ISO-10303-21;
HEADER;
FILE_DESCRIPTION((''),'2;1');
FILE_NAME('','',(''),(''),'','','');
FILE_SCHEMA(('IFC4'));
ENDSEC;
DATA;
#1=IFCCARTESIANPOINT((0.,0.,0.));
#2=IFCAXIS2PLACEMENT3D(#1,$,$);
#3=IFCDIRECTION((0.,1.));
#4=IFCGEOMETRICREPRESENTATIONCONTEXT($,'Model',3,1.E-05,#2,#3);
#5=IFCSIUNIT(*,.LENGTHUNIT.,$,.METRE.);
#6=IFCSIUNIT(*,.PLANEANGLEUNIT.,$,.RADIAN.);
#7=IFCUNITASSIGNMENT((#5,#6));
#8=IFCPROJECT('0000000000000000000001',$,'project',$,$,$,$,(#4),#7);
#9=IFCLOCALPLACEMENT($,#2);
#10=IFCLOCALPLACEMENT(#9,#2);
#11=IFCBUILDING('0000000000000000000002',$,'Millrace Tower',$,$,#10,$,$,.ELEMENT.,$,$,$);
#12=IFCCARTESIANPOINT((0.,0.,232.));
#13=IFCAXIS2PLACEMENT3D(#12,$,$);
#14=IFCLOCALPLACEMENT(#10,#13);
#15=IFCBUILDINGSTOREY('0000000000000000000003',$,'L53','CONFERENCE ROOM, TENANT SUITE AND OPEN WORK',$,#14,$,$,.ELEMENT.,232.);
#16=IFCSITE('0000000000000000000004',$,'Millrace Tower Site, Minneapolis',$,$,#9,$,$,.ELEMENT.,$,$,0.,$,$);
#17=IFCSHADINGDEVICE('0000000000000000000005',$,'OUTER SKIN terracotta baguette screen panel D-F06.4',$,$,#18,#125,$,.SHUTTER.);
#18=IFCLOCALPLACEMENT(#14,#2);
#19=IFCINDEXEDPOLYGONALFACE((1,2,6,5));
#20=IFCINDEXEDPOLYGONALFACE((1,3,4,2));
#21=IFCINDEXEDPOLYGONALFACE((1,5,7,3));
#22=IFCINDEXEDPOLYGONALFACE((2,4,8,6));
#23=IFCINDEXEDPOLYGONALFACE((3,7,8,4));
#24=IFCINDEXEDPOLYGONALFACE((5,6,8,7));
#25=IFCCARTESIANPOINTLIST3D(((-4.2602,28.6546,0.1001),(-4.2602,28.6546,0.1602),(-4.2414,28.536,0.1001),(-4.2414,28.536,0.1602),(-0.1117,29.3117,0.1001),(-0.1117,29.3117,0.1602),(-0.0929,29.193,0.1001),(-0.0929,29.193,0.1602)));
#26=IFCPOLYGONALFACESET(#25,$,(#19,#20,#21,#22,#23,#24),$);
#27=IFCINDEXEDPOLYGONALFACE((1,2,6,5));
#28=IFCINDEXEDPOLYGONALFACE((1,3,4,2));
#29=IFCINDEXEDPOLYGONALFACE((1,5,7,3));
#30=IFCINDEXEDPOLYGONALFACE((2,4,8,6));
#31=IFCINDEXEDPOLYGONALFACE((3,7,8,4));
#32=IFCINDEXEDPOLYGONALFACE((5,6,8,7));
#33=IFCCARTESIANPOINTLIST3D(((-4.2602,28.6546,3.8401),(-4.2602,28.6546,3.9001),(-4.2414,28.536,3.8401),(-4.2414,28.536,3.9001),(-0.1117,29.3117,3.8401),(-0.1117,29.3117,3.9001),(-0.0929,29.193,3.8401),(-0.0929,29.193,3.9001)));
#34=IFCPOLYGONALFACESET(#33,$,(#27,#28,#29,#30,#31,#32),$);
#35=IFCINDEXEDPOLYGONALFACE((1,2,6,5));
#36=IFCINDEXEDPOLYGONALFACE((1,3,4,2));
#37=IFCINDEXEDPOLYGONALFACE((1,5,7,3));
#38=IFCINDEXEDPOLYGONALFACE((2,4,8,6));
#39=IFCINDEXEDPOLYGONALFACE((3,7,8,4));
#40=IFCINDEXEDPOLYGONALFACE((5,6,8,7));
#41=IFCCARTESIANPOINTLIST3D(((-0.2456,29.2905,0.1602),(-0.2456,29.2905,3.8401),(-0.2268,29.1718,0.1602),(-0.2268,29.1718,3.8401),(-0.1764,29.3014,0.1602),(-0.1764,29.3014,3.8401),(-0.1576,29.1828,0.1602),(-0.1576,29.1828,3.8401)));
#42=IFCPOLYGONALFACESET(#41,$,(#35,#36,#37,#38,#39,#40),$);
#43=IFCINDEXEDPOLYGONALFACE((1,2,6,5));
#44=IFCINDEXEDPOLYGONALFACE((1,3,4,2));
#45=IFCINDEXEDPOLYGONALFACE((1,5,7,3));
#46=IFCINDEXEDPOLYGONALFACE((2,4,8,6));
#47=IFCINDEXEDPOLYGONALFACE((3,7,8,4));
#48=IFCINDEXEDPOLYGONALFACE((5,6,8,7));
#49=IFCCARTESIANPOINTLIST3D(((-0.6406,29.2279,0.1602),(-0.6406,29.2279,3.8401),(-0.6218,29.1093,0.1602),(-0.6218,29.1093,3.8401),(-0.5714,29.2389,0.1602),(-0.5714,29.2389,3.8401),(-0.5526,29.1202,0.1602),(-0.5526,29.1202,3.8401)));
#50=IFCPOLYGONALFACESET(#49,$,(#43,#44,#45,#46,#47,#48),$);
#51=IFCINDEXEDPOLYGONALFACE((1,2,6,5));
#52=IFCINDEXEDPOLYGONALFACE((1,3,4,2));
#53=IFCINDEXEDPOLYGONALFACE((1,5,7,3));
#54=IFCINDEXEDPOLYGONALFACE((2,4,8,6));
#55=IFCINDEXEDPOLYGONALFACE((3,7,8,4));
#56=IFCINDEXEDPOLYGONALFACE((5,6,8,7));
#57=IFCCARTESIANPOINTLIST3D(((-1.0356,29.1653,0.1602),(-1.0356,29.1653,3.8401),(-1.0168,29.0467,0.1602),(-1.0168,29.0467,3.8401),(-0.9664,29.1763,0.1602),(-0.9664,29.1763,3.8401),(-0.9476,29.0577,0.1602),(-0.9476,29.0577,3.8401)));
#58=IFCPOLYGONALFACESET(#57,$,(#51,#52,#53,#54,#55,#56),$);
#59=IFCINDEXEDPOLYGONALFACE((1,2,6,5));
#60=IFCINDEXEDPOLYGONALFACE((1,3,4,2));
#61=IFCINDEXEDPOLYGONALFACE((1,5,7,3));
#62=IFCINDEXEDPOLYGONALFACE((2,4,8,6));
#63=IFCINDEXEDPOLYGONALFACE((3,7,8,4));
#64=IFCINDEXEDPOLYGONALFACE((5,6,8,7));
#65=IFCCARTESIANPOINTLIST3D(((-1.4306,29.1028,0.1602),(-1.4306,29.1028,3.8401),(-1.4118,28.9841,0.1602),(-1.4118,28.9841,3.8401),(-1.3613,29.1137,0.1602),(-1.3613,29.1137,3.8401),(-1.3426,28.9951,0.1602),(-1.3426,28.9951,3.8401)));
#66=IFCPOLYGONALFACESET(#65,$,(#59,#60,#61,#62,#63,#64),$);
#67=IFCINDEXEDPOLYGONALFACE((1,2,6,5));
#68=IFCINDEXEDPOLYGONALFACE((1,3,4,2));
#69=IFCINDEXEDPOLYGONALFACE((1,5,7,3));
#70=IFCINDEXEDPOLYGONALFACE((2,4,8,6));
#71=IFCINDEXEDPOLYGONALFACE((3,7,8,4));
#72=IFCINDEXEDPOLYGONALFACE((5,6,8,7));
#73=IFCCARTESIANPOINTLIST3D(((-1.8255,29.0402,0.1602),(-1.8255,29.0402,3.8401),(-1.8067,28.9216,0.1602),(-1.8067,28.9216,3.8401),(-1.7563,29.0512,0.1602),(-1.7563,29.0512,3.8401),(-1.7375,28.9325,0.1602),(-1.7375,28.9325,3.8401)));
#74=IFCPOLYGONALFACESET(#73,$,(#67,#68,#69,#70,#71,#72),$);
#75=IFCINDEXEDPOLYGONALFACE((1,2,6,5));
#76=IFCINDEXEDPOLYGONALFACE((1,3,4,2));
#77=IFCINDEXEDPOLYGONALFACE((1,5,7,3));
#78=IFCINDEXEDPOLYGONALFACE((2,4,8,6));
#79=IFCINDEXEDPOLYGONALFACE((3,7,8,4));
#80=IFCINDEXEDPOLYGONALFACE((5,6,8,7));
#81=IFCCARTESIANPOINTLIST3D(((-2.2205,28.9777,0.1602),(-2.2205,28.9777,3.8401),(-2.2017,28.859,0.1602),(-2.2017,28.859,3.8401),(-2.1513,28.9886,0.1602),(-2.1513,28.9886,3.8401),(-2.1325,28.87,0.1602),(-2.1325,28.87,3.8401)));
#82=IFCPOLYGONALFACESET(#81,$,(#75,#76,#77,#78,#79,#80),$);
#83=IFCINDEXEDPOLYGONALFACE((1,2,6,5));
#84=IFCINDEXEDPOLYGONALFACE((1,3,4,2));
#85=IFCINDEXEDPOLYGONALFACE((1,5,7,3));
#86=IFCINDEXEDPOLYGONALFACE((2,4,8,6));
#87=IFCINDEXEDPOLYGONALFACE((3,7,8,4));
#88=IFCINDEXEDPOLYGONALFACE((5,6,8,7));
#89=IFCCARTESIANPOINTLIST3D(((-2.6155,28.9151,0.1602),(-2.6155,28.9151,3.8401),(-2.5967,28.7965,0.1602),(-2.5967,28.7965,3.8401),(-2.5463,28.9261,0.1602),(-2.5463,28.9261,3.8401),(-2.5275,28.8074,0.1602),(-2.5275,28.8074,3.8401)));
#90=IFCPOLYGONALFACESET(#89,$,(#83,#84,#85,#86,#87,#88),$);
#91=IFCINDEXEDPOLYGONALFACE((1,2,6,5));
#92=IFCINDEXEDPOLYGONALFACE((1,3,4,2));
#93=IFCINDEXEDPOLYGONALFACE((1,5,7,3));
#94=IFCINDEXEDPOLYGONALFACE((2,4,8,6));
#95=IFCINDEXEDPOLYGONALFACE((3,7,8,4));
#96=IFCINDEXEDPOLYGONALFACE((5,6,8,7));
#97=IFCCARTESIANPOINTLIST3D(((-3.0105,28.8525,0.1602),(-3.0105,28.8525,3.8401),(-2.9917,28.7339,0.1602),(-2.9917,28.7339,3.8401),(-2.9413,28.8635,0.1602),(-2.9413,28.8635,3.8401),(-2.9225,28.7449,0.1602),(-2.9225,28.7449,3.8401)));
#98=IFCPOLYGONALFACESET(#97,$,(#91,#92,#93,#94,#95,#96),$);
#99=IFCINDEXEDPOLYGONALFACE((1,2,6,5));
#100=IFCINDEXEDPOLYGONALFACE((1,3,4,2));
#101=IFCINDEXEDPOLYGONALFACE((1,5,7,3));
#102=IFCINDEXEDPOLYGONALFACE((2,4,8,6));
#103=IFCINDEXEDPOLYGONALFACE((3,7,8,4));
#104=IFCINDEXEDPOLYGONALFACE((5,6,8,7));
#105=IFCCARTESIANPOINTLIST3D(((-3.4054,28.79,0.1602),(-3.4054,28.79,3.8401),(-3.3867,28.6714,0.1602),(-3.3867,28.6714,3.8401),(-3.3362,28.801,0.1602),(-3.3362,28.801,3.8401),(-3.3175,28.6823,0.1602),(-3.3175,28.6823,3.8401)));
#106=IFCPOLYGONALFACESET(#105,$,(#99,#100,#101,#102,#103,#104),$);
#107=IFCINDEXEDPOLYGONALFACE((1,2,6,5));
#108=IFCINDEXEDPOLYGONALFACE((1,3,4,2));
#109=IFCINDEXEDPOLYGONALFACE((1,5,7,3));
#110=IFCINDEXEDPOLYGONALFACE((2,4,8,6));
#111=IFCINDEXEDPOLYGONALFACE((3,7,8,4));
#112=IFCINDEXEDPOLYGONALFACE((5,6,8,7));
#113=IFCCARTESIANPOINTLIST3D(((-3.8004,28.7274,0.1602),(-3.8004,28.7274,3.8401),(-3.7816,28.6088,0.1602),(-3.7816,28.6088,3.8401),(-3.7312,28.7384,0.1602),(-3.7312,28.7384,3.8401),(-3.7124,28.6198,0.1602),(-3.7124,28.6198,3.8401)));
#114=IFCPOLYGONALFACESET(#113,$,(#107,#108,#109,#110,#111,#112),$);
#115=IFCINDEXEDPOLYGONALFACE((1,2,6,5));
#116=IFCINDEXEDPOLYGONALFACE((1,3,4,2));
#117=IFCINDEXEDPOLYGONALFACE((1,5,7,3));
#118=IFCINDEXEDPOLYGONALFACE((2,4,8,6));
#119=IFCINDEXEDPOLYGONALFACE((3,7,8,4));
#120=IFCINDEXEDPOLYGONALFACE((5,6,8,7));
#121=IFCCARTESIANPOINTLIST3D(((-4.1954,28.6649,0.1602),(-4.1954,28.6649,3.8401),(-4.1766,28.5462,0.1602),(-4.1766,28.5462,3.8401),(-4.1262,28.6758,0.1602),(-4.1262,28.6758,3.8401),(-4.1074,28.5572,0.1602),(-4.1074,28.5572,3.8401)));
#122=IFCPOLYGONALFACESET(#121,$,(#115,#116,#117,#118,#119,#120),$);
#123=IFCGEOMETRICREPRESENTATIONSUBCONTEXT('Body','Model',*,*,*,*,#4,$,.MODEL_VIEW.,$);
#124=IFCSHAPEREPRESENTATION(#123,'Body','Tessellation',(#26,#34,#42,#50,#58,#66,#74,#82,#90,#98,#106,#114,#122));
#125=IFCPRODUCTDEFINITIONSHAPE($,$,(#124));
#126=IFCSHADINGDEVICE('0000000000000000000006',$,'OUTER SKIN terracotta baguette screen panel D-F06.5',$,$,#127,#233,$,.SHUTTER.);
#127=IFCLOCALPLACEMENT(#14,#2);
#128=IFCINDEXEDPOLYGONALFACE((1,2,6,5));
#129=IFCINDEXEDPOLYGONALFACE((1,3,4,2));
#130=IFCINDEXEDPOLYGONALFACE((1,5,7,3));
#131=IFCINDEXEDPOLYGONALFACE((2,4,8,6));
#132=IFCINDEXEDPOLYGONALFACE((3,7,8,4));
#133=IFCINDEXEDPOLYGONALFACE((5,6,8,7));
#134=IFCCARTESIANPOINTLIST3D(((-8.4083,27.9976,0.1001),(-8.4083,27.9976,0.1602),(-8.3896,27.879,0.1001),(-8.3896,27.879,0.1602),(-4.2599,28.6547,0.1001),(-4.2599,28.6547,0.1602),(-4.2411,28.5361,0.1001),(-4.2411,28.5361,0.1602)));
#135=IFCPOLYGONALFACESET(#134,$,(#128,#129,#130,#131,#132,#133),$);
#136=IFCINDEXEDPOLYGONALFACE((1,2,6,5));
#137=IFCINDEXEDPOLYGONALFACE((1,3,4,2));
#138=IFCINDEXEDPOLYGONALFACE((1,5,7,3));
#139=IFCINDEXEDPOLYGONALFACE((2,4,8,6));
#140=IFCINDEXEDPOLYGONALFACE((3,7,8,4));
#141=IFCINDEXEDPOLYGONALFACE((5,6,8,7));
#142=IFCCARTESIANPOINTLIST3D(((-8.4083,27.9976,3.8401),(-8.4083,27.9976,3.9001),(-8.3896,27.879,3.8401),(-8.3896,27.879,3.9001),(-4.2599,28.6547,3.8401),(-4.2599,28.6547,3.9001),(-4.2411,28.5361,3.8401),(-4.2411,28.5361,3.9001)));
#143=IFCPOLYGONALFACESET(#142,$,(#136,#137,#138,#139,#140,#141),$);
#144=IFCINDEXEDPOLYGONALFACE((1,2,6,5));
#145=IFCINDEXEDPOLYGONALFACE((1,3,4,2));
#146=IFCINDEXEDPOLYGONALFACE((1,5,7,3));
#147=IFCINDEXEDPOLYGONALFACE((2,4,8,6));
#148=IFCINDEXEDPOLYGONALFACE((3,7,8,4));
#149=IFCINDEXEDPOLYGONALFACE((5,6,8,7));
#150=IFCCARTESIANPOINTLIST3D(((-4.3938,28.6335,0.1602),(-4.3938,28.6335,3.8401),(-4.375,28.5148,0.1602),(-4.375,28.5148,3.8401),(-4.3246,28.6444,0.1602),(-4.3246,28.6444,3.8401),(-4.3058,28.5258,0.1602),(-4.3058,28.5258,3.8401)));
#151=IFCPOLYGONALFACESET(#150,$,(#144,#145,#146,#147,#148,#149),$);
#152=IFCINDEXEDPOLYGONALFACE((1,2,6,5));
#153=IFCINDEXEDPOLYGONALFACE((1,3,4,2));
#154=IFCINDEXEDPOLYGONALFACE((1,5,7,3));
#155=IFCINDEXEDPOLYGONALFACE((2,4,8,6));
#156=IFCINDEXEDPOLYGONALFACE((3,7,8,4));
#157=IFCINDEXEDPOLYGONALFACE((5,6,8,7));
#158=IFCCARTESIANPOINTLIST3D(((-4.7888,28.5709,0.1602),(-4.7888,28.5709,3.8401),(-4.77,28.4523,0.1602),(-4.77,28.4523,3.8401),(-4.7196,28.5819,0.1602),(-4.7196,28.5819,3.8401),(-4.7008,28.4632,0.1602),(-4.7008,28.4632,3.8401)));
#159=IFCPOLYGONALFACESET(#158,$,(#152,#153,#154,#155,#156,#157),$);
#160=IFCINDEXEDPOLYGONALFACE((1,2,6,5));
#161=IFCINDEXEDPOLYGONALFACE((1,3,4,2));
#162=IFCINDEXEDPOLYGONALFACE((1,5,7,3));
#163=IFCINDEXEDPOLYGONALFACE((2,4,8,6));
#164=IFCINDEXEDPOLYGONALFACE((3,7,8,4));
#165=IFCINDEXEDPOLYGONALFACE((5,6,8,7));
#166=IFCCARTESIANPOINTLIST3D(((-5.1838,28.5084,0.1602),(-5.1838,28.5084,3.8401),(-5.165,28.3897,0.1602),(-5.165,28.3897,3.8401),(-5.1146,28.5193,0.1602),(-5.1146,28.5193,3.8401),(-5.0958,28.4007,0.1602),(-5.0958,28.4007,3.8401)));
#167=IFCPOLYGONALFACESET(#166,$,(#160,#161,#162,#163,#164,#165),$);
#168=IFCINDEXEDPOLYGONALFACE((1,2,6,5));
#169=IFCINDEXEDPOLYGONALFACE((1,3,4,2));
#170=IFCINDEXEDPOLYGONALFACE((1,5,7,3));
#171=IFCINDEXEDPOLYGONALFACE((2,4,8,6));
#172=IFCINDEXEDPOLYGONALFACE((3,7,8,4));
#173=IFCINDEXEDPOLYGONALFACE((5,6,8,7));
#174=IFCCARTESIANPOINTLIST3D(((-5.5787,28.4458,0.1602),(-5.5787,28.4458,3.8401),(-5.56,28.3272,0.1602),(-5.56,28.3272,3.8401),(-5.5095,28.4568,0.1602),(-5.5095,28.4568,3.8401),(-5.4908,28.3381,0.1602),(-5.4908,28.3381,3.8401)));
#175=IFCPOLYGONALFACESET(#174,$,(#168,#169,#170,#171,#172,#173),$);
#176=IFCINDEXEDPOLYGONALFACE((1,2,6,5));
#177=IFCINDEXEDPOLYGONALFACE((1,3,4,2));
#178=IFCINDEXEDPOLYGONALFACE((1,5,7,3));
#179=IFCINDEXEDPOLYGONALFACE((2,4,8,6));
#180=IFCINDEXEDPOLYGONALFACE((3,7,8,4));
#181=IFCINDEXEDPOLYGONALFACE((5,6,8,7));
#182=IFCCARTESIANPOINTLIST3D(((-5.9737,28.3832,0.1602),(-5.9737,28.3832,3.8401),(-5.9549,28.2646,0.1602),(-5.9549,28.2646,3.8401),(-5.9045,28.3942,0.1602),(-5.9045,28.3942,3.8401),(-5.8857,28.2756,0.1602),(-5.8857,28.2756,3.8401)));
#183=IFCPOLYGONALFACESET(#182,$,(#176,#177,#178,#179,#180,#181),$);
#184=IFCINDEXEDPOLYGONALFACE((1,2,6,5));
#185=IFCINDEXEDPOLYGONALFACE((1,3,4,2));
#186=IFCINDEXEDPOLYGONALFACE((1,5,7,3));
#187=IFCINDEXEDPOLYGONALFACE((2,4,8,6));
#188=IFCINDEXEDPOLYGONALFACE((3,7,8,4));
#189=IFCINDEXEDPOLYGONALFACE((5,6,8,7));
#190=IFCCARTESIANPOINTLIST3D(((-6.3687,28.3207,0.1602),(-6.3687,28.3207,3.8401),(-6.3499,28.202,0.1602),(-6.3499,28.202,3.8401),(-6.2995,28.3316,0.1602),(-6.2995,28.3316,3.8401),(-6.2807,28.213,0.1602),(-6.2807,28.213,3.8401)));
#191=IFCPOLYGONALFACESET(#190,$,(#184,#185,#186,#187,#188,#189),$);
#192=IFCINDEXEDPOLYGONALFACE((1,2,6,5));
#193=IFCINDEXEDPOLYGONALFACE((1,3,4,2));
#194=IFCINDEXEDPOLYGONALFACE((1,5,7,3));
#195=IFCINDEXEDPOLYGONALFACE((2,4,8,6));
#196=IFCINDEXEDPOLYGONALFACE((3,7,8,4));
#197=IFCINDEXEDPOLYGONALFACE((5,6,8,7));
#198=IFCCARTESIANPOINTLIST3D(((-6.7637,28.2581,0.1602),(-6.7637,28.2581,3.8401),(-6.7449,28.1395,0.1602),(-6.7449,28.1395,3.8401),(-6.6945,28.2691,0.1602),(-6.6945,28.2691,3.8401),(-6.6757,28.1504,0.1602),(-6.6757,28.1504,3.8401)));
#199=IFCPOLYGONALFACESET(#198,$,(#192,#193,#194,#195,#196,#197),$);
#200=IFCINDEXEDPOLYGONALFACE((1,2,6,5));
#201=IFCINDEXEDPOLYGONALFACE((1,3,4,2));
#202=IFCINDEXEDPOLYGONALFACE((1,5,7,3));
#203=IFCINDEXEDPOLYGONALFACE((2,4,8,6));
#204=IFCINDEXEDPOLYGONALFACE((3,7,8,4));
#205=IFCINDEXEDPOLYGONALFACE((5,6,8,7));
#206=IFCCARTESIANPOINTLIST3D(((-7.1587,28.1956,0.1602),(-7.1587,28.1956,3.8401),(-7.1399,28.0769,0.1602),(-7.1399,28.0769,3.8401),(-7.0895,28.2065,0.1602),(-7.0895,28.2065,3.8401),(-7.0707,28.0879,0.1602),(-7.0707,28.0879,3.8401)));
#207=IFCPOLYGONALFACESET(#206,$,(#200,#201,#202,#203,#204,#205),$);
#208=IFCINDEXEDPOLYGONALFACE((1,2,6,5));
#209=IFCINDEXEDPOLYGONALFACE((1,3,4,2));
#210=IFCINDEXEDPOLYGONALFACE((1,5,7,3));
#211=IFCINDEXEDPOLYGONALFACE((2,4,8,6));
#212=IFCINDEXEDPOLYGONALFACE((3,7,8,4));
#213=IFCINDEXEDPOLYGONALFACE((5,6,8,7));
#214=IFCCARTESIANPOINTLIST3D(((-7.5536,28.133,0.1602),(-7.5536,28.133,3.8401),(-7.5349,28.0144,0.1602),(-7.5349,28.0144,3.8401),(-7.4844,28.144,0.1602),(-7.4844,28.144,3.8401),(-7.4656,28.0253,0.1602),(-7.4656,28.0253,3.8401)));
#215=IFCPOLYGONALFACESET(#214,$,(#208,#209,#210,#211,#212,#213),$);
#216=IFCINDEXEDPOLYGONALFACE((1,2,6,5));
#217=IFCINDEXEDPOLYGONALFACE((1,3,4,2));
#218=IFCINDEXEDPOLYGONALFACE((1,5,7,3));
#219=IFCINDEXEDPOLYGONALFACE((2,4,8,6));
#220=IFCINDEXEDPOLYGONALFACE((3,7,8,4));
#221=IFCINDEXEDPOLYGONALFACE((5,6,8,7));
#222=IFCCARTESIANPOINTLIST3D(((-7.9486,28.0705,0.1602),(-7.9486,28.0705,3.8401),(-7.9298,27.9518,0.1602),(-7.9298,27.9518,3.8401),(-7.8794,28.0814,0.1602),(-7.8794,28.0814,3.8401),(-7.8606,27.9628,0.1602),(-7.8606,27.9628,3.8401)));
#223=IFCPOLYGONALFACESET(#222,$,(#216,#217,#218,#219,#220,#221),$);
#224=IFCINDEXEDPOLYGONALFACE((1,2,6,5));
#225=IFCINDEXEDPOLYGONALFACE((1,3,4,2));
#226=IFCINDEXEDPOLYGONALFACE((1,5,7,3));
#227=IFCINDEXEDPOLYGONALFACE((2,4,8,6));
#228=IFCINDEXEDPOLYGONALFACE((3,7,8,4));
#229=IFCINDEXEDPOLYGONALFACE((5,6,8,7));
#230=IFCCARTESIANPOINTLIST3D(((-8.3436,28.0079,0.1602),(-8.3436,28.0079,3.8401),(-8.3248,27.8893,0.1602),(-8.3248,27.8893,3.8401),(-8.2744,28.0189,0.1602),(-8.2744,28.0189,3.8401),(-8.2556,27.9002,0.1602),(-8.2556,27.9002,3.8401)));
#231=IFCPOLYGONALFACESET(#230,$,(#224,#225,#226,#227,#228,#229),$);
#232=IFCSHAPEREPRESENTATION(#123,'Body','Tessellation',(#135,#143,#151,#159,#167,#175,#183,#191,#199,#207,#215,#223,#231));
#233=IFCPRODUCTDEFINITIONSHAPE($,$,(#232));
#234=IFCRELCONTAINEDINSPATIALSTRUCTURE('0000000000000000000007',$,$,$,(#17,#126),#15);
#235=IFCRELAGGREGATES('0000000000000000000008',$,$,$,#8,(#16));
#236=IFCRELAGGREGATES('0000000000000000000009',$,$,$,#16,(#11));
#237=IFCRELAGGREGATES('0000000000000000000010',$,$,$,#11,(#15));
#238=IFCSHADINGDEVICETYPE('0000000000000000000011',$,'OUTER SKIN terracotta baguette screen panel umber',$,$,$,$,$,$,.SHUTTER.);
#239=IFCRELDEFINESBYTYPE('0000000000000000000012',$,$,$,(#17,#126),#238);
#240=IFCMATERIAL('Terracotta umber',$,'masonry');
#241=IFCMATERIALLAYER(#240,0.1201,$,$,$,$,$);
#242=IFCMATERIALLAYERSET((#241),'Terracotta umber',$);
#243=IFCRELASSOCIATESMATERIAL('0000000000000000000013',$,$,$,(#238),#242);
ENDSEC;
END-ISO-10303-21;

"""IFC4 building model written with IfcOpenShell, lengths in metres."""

from ifc_helpers import new_model, entity, si_unit, direction, frame, frame_2d, origin, origin_2d, place, context, subcontext, project, spatial, rectangle, extrude, source, transform, mapped, material, layer, layer_set, type_object, element, save


model = new_model("IFC4")

# Units and contexts
model_context = context("Model", 3, precision=1e-05, world=origin(), true_north=direction((0.0, 1.0)))
body_context = subcontext(model_context, "Body", "Model", "MODEL_VIEW")
ifc_project = project(units=[si_unit("LENGTHUNIT", "METRE"), si_unit("PLANEANGLEUNIT", "RADIAN")], contexts=[model_context])

# Site, building, storey
site_placement = place(None, origin())
site = spatial("IfcSite", under=ifc_project, at=site_placement, Name="Millrace Tower Site, Minneapolis", CompositionType="ELEMENT", RefElevation=0.0)
building_placement = place(site_placement, origin())
building = spatial("IfcBuilding", under=site, at=building_placement, Name="Millrace Tower", CompositionType="ELEMENT")
storey_placement = place(building_placement, frame((0.0, 0.0, 232.0)))
storey = spatial("IfcBuildingStorey", under=building, at=storey_placement, Name="L53", Description="CONFERENCE ROOM, TENANT SUITE AND OPEN WORK", CompositionType="ELEMENT", Elevation=232.0)

# Shading devices
ifc_material_1 = material(Name="Terracotta umber", Category="masonry")
ifc_layer_1 = layer(ifc_material_1, 0.1201)
ifc_layer_set_1 = layer_set([ifc_layer_1], Name="Terracotta umber")
shading_device_type = type_object("IfcShadingDeviceType", Name="OUTER SKIN terracotta baguette screen panel umber", PredefinedType="SHUTTER", material=ifc_layer_set_1)
cartesian_point = entity("IfcCartesianPoint", [-2.1001, 0.0601])
shared_polyline = entity("IfcPolyline", [cartesian_point, entity("IfcCartesianPoint", [2.1001, 0.0601]), entity("IfcCartesianPoint", [2.1001, -0.0601]), entity("IfcCartesianPoint", [-2.1001, -0.0601]), cartesian_point])
shared_shape = source(origin(), body_context, "Body", "SweptSolid", [
    entity("IfcExtrudedAreaSolid", entity("IfcArbitraryClosedProfileDef", "AREA", None, shared_polyline), entity("IfcAxis2Placement3D", entity("IfcCartesianPoint", [0.0, 0.0, 0.0])), entity("IfcDirection", [0.0, 0.0, 1.0]), 0.0601),
    entity("IfcExtrudedAreaSolid", entity("IfcArbitraryClosedProfileDef", "AREA", None, shared_polyline), entity("IfcAxis2Placement3D", entity("IfcCartesianPoint", [0.0, 0.0, 3.74])), entity("IfcDirection", [0.0, 0.0, 1.0]), 0.0601),
    extrude(rectangle(XDim=0.0701, YDim=0.1201, at=frame_2d((-1.9995, 0.0))), frame((0.0, 0.0, 0.0601)), (0.0, 0.0, 1.0), 3.6799),
    extrude(rectangle(XDim=0.0701, YDim=0.1201, at=frame_2d((-1.5996, 0.0))), frame((0.0, 0.0, 0.0601)), (0.0, 0.0, 1.0), 3.6799),
    extrude(rectangle(XDim=0.0701, YDim=0.1201, at=frame_2d((-1.1997, 0.0))), frame((0.0, 0.0, 0.0601)), (0.0, 0.0, 1.0), 3.6799),
    extrude(rectangle(XDim=0.0701, YDim=0.1201, at=frame_2d((-0.7998, 0.0))), frame((0.0, 0.0, 0.0601)), (0.0, 0.0, 1.0), 3.6799),
    extrude(rectangle(XDim=0.0701, YDim=0.1201, at=frame_2d((-0.3999, 0.0))), frame((0.0, 0.0, 0.0601)), (0.0, 0.0, 1.0), 3.6799),
    extrude(rectangle(XDim=0.0701, YDim=0.1201, at=origin_2d()), frame((0.0, 0.0, 0.0601)), (0.0, 0.0, 1.0), 3.6799),
    extrude(rectangle(XDim=0.0701, YDim=0.1201, at=frame_2d((0.3999, 0.0))), frame((0.0, 0.0, 0.0601)), (0.0, 0.0, 1.0), 3.6799),
    extrude(rectangle(XDim=0.0701, YDim=0.1201, at=frame_2d((0.7998, 0.0))), frame((0.0, 0.0, 0.0601)), (0.0, 0.0, 1.0), 3.6799),
    extrude(rectangle(XDim=0.0701, YDim=0.1201, at=frame_2d((1.1997, 0.0))), frame((0.0, 0.0, 0.0601)), (0.0, 0.0, 1.0), 3.6799),
    extrude(rectangle(XDim=0.0701, YDim=0.1201, at=frame_2d((1.5996, 0.0))), frame((0.0, 0.0, 0.0601)), (0.0, 0.0, 1.0), 3.6799),
    extrude(rectangle(XDim=0.0701, YDim=0.1201, at=frame_2d((1.9995, 0.0))), frame((0.0, 0.0, 0.0601)), (0.0, 0.0, 1.0), 3.6799),
])
for number, where, z_axis, x_axis, name in (
    (1, (-2.1765, 28.9238, 0.1001), (0.0, 0.0, 1.0), (-0.987688, -0.156434, 0.0), "OUTER SKIN terracotta baguette screen panel D-F06.4"),
    (2, (-6.3247, 28.2668, 0.1001), (0.0, 0.0, 1.0), (-0.987688, -0.156434, 0.0), "OUTER SKIN terracotta baguette screen panel D-F06.5"),
):
    element("IfcShadingDevice", number, at=place(storey_placement, frame(where, z_axis=z_axis, x_axis=x_axis)), inside=storey, type_object=shading_device_type, Name=name, PredefinedType="SHUTTER", context=body_context, shape_type="MappedRepresentation", body=[
        mapped(shared_shape, transform((0.0, 0.0, 0.0), scale=1.0)),
    ])

save(model, "model.ifc")
